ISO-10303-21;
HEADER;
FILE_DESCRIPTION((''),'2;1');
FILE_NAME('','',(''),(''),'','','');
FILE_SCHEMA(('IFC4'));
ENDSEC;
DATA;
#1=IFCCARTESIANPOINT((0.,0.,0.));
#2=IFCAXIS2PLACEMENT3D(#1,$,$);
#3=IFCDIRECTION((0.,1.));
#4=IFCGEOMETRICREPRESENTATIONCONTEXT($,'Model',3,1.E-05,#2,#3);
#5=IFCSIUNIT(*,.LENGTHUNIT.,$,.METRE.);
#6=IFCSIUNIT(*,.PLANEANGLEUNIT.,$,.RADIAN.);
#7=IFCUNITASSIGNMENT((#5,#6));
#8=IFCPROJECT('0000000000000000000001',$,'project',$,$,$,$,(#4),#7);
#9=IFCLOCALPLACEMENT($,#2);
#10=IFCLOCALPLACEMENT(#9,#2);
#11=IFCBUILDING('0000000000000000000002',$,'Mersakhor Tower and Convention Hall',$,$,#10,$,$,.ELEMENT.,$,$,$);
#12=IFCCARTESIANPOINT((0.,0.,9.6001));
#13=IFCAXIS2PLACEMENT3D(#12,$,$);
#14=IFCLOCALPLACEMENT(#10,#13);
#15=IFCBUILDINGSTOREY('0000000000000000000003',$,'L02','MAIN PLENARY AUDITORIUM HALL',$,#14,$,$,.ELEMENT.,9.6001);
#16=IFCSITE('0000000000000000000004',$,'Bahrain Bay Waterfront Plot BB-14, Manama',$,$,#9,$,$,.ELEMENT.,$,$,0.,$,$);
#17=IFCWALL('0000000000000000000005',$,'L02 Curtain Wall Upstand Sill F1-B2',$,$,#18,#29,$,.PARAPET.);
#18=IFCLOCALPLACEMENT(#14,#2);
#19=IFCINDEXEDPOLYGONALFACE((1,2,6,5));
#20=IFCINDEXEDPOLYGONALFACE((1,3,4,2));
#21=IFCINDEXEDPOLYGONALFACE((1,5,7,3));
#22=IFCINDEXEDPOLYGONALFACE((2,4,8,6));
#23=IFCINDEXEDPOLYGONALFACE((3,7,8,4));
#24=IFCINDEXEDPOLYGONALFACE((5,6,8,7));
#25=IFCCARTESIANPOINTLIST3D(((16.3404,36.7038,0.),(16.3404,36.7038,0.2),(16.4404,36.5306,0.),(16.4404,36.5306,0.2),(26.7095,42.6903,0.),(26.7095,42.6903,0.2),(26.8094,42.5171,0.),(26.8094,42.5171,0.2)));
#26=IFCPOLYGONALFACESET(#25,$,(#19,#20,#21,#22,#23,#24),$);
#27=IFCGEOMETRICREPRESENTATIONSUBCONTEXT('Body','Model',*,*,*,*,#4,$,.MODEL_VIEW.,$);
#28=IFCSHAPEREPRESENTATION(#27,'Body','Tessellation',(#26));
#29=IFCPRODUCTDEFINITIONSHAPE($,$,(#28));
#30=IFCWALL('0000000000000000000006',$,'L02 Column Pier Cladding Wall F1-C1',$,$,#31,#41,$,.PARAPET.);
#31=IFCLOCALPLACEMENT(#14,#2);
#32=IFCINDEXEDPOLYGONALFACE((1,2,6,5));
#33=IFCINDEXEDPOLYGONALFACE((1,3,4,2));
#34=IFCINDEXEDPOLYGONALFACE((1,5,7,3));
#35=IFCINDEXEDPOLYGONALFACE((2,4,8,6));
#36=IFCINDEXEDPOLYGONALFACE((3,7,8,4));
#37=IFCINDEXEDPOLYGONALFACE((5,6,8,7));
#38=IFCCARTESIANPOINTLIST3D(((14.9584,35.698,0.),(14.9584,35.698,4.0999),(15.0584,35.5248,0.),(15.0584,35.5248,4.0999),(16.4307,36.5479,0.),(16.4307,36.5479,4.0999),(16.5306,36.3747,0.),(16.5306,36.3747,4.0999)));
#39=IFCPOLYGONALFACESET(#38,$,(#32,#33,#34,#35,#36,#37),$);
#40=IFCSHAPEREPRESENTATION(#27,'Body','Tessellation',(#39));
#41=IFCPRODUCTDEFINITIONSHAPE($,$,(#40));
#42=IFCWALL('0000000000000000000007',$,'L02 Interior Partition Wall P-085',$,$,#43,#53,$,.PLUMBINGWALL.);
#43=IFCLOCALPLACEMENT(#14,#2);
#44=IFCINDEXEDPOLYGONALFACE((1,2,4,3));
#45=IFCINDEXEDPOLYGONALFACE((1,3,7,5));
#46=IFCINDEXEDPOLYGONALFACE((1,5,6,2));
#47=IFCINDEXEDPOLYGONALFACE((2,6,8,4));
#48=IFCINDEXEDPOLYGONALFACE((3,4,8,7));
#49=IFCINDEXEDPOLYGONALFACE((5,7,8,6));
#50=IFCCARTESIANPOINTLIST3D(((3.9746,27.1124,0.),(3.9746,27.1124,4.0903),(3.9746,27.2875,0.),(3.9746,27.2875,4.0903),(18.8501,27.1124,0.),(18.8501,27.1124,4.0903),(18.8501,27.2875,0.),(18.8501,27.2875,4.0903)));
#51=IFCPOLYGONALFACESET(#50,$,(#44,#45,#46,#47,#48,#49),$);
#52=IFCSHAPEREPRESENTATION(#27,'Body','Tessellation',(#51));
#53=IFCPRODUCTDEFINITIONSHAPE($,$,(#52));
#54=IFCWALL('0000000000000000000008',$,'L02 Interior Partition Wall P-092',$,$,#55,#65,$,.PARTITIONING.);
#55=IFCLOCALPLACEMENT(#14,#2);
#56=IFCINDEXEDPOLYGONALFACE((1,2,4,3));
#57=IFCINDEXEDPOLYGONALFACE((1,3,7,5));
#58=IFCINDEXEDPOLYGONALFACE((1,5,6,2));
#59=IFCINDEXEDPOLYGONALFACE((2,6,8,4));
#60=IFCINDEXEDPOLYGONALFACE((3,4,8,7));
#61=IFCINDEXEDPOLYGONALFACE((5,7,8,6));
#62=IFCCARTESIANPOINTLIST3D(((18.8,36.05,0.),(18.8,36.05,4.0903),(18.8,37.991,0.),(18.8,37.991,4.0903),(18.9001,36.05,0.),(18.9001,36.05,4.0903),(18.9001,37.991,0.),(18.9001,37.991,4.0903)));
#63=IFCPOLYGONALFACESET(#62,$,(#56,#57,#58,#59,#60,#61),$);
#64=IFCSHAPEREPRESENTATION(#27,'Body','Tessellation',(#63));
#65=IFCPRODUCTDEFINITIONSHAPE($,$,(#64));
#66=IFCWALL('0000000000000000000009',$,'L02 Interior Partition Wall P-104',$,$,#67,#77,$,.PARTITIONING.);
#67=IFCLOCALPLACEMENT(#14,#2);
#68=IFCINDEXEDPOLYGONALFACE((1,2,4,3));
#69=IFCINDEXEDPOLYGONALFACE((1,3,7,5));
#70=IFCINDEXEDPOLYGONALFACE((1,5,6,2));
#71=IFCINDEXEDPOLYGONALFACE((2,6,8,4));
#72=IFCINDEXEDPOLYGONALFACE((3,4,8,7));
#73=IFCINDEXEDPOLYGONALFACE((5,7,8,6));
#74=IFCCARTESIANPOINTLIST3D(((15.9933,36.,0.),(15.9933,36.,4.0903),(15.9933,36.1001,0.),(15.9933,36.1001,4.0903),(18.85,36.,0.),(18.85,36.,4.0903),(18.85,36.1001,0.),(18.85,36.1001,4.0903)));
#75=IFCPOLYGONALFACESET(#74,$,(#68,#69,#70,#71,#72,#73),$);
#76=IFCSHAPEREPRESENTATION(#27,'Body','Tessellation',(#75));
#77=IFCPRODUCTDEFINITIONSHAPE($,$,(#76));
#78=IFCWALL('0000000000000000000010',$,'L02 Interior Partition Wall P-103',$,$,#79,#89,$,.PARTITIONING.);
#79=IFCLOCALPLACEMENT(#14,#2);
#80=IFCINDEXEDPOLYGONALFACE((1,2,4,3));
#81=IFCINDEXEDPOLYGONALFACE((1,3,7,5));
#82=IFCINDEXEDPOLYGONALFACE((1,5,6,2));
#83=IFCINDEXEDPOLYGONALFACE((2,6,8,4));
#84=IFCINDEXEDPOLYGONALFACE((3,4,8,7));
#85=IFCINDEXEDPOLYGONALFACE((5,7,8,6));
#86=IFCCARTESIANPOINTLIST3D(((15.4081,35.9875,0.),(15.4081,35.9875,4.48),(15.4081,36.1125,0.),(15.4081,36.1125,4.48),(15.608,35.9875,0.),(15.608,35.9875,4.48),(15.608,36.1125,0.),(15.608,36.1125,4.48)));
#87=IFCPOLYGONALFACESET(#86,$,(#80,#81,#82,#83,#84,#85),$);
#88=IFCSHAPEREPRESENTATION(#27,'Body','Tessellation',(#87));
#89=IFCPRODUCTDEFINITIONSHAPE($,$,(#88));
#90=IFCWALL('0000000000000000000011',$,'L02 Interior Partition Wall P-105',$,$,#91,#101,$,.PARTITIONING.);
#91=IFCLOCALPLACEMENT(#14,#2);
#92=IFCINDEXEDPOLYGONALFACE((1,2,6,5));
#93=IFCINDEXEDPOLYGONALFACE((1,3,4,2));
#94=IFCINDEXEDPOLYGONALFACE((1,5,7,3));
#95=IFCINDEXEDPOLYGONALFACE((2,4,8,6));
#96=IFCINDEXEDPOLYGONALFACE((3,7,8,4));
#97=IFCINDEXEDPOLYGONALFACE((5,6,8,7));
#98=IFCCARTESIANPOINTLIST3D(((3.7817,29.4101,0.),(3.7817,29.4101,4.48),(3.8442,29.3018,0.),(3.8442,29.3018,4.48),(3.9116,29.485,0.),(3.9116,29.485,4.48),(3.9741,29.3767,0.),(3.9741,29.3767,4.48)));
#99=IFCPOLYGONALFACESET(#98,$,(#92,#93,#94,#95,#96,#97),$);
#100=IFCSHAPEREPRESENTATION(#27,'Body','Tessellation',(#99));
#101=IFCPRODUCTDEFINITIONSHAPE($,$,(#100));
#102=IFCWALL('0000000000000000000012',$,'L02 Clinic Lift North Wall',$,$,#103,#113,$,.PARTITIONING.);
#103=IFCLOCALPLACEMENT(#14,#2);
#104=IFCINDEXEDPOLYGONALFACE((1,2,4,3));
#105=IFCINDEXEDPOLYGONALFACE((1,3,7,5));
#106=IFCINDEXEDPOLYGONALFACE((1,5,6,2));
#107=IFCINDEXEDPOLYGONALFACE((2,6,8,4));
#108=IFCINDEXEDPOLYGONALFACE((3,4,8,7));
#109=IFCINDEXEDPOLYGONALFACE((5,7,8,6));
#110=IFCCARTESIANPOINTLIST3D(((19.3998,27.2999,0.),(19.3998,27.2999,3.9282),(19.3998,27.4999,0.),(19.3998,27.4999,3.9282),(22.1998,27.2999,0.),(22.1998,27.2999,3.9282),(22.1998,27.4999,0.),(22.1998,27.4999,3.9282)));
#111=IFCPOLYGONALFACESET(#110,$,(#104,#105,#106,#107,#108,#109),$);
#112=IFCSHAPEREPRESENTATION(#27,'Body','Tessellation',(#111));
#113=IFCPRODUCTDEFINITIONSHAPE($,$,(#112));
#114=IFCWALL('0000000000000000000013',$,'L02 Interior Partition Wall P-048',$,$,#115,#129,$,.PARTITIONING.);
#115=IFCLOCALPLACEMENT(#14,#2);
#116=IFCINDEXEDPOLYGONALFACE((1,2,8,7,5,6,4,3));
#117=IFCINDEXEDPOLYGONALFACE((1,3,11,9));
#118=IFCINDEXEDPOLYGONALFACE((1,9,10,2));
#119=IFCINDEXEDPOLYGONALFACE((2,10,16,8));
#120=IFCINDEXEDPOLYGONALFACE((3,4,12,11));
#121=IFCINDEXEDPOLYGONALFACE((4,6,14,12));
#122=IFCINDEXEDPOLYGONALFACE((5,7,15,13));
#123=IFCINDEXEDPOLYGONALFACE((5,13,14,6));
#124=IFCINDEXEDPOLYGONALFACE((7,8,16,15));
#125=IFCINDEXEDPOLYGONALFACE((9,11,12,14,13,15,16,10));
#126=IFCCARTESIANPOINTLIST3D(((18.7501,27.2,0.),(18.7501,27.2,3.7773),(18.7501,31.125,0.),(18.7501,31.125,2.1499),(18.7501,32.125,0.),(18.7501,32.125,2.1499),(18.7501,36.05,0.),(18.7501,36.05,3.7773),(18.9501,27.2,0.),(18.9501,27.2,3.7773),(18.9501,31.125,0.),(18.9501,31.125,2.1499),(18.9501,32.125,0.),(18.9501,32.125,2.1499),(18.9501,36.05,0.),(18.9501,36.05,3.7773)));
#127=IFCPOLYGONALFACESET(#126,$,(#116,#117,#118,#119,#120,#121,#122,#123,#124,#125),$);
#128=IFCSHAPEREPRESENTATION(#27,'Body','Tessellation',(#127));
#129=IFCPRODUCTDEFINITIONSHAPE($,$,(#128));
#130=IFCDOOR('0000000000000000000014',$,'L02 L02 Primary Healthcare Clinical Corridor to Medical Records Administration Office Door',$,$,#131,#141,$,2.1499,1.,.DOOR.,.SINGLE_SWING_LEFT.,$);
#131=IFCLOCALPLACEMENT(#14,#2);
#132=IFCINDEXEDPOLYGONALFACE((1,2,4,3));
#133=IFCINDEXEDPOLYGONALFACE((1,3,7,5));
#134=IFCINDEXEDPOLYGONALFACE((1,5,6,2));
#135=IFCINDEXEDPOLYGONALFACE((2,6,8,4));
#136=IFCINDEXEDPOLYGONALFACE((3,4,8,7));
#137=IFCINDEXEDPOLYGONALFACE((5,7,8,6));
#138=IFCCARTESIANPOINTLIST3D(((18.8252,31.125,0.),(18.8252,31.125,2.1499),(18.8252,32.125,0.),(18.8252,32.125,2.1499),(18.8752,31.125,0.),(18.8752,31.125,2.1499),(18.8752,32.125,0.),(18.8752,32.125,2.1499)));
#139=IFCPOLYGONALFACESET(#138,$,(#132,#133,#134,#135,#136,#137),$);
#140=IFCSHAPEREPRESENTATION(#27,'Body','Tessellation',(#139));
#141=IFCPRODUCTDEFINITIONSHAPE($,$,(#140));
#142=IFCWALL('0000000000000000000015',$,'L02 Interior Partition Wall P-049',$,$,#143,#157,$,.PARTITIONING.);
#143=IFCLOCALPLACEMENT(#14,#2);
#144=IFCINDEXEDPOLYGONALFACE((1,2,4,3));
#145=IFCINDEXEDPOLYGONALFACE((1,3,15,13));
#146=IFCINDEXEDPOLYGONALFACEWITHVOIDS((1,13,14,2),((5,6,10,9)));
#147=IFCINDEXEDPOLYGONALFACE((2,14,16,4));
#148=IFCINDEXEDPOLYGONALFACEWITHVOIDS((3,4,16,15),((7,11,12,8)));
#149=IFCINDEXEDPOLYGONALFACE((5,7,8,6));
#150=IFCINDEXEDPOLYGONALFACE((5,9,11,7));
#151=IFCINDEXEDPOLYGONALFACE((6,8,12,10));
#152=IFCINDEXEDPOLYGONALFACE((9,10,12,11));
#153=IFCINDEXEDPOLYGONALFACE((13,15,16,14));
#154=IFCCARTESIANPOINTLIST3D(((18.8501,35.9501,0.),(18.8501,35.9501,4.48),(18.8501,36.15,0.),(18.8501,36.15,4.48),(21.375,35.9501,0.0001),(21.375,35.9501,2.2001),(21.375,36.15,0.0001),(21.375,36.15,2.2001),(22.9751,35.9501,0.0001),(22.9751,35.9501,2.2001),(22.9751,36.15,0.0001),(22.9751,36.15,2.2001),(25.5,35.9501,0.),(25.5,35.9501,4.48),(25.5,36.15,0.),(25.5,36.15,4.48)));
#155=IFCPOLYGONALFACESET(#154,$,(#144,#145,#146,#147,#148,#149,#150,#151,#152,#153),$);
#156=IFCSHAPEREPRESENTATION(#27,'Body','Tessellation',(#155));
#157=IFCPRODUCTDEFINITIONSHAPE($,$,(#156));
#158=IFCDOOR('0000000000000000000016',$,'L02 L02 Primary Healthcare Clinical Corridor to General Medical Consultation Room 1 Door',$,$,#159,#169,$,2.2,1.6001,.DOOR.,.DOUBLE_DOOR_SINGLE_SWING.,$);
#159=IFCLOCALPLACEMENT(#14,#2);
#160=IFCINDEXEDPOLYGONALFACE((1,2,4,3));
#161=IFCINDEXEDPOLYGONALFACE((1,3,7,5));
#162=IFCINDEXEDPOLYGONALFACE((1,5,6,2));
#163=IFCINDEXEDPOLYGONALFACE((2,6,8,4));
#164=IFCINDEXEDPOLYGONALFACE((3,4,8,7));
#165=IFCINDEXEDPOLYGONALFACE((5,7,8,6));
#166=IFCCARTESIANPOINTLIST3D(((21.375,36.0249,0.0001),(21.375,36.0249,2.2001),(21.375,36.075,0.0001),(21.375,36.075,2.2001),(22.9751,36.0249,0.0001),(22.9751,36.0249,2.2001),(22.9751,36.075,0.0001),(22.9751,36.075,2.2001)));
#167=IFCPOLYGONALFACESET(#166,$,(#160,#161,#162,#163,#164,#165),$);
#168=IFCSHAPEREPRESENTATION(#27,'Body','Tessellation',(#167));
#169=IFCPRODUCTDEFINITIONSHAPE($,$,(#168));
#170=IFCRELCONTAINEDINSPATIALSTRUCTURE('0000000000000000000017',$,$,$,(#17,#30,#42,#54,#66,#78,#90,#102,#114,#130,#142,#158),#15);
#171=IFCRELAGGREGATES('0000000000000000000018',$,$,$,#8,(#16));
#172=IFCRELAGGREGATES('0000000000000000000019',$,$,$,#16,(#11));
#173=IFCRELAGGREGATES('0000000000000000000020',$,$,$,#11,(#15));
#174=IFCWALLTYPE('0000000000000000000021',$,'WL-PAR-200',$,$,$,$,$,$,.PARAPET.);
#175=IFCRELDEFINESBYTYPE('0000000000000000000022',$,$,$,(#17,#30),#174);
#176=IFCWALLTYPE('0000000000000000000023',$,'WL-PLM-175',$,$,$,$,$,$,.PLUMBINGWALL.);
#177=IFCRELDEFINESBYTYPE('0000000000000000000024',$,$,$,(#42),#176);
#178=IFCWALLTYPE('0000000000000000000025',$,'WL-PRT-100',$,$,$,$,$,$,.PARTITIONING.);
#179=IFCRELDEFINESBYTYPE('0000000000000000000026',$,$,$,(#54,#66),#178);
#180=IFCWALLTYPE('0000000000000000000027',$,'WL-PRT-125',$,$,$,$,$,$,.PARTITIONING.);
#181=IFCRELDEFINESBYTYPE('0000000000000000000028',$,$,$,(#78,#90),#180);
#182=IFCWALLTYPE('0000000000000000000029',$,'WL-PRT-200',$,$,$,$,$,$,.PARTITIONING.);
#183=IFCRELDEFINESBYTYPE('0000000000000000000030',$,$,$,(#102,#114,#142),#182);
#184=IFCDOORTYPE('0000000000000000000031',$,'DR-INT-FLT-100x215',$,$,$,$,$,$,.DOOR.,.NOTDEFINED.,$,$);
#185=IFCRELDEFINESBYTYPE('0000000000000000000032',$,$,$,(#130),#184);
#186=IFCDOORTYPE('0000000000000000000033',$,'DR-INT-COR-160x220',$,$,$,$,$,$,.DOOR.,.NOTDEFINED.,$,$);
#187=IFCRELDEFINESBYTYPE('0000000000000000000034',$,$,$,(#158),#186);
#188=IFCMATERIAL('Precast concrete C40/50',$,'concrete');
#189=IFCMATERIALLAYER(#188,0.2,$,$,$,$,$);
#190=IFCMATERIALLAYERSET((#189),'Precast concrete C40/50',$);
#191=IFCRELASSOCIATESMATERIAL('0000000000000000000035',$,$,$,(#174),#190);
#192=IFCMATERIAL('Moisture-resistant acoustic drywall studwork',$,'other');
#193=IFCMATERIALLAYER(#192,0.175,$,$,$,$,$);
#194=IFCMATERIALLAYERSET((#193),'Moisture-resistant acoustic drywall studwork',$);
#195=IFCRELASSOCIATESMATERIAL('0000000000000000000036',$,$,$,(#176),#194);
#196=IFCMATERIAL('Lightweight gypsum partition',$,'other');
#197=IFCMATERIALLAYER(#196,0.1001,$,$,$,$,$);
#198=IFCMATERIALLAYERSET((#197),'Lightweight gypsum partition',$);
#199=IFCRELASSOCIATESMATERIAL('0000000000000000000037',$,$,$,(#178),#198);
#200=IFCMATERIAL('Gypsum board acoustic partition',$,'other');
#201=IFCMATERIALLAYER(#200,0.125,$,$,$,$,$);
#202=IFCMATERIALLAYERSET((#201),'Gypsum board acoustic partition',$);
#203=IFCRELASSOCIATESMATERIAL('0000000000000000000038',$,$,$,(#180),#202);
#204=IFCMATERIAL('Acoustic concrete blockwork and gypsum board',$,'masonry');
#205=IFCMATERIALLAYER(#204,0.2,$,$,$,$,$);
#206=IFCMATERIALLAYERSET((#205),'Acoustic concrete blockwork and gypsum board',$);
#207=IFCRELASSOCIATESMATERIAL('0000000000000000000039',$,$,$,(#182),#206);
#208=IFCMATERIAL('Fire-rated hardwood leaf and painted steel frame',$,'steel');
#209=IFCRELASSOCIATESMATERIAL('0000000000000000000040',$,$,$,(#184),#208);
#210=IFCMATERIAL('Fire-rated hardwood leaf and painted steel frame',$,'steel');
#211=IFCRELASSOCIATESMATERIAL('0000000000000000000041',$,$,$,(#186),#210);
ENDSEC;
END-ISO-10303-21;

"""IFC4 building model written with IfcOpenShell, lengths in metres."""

from ifc_helpers import new_model, si_unit, direction, frame, frame_2d, origin, place, context, subcontext, project, spatial, rectangle, extrude, material, layer, layer_set, type_object, element, fill, save


model = new_model("IFC4")

# Units and contexts
model_context = context("Model", 3, precision=1e-05, world=origin(), true_north=direction((0.0, 1.0)))
body_context = subcontext(model_context, "Body", "Model", "MODEL_VIEW")
ifc_project = project(units=[si_unit("LENGTHUNIT", "METRE"), si_unit("PLANEANGLEUNIT", "RADIAN")], contexts=[model_context])

# Site, building, storey
site_placement = place(None, origin())
site = spatial("IfcSite", under=ifc_project, at=site_placement, Name="Bahrain Bay Waterfront Plot BB-14, Manama", CompositionType="ELEMENT", RefElevation=0.0)
building_placement = place(site_placement, origin())
building = spatial("IfcBuilding", under=site, at=building_placement, Name="Mersakhor Tower and Convention Hall", CompositionType="ELEMENT")
storey_placement = place(building_placement, frame((0.0, 0.0, 9.6001)))
storey = spatial("IfcBuildingStorey", under=building, at=storey_placement, Name="L02", Description="MAIN PLENARY AUDITORIUM HALL", CompositionType="ELEMENT", Elevation=9.6001)

# Walls
ifc_material_1 = material(Name="Precast concrete C40/50", Category="concrete")
ifc_layer_1 = layer(ifc_material_1, 0.2)
ifc_layer_set_1 = layer_set([ifc_layer_1], Name="Precast concrete C40/50")
wall_type_1 = type_object("IfcWallType", Name="WL-PAR-200", PredefinedType="PARAPET", material=ifc_layer_set_1)
wall_1_placement = place(storey_placement, frame((16.3904, 36.6172, 0.0), z_axis=(0.0, 0.0, 1.0), x_axis=(0.866027, 0.499997, 0.0)))
element("IfcWall", 1, at=wall_1_placement, inside=storey, type_object=wall_type_1, Name="L02 Curtain Wall Upstand Sill F1-B2", PredefinedType="PARAPET", context=body_context, shape_type="SweptSolid", body=[
    extrude(rectangle(XDim=11.9731, YDim=0.2, at=frame_2d((5.9866, 0.0))), origin(), (0.0, 0.0, 1.0), 0.2),
])
wall_2_placement = place(storey_placement, frame((15.0083, 35.6113, 0.0), z_axis=(0.0, 0.0, 1.0), x_axis=(0.866052, 0.499955, 0.0)))
element("IfcWall", 2, at=wall_2_placement, inside=storey, type_object=wall_type_1, Name="L02 Column Pier Cladding Wall F1-C1", PredefinedType="PARAPET", context=body_context, shape_type="SweptSolid", body=[
    extrude(rectangle(XDim=1.7, YDim=0.2, at=frame_2d((0.8501, 0.0))), origin(), (0.0, 0.0, 1.0), 4.0999),
])
ifc_material_2 = material(Name="Moisture-resistant acoustic drywall studwork", Category="other")
ifc_layer_2 = layer(ifc_material_2, 0.175)
ifc_layer_set_2 = layer_set([ifc_layer_2], Name="Moisture-resistant acoustic drywall studwork")
wall_type_2 = type_object("IfcWallType", Name="WL-PLM-175", PredefinedType="PLUMBINGWALL", material=ifc_layer_set_2)
wall_3_placement = place(storey_placement, frame((3.9746, 27.2, 0.0), z_axis=(0.0, 0.0, 1.0), x_axis=(1.0, 0.0, 0.0)))
element("IfcWall", 3, at=wall_3_placement, inside=storey, type_object=wall_type_2, Name="L02 Interior Partition Wall P-085", PredefinedType="PLUMBINGWALL", context=body_context, shape_type="SweptSolid", body=[
    extrude(rectangle(XDim=14.8755, YDim=0.175, at=frame_2d((7.4377, 0.0))), origin(), (0.0, 0.0, 1.0), 4.0903),
])
ifc_material_3 = material(Name="Lightweight gypsum partition", Category="other")
ifc_layer_3 = layer(ifc_material_3, 0.1001)
ifc_layer_set_3 = layer_set([ifc_layer_3], Name="Lightweight gypsum partition")
wall_type_3 = type_object("IfcWallType", Name="WL-PRT-100", PredefinedType="PARTITIONING", material=ifc_layer_set_3)
wall_4_placement = place(storey_placement, frame((18.8501, 36.05, 0.0), z_axis=(0.0, 0.0, 1.0), x_axis=(0.0, 1.0, 0.0)))
element("IfcWall", 4, at=wall_4_placement, inside=storey, type_object=wall_type_3, Name="L02 Interior Partition Wall P-092", PredefinedType="PARTITIONING", context=body_context, shape_type="SweptSolid", body=[
    extrude(rectangle(XDim=1.9409, YDim=0.1001, at=frame_2d((0.9705, 0.0))), origin(), (0.0, 0.0, 1.0), 4.0903),
])
wall_5_placement = place(storey_placement, frame((15.9934, 36.05, 0.0), z_axis=(0.0, 0.0, 1.0), x_axis=(1.0, 0.0, 0.0)))
element("IfcWall", 5, at=wall_5_placement, inside=storey, type_object=wall_type_3, Name="L02 Interior Partition Wall P-104", PredefinedType="PARTITIONING", context=body_context, shape_type="SweptSolid", body=[
    extrude(rectangle(XDim=2.8567, YDim=0.1001, at=frame_2d((1.4282, 0.0))), origin(), (0.0, 0.0, 1.0), 4.0903),
])
ifc_material_4 = material(Name="Gypsum board acoustic partition", Category="other")
ifc_layer_4 = layer(ifc_material_4, 0.125)
ifc_layer_set_4 = layer_set([ifc_layer_4], Name="Gypsum board acoustic partition")
wall_type_4 = type_object("IfcWallType", Name="WL-PRT-125", PredefinedType="PARTITIONING", material=ifc_layer_set_4)
wall_6_placement = place(storey_placement, frame((15.408, 36.05, 0.0), z_axis=(0.0, 0.0, 1.0), x_axis=(1.0, 0.0, 0.0)))
element("IfcWall", 6, at=wall_6_placement, inside=storey, type_object=wall_type_4, Name="L02 Interior Partition Wall P-103", PredefinedType="PARTITIONING", context=body_context, shape_type="SweptSolid", body=[
    extrude(rectangle(XDim=0.2, YDim=0.125, at=frame_2d((0.1001, 0.0))), origin(), (0.0, 0.0, 1.0), 4.48),
])
wall_7_placement = place(storey_placement, frame((3.813, 29.356, 0.0), z_axis=(0.0, 0.0, 1.0), x_axis=(0.866131, 0.499816, 0.0)))
element("IfcWall", 7, at=wall_7_placement, inside=storey, type_object=wall_type_4, Name="L02 Interior Partition Wall P-105", PredefinedType="PARTITIONING", context=body_context, shape_type="SweptSolid", body=[
    extrude(rectangle(XDim=0.1499, YDim=0.125, at=frame_2d((0.075, 0.0))), origin(), (0.0, 0.0, 1.0), 4.48),
])
ifc_material_5 = material(Name="Acoustic concrete blockwork and gypsum board", Category="masonry")
ifc_layer_5 = layer(ifc_material_5, 0.2)
ifc_layer_set_5 = layer_set([ifc_layer_5], Name="Acoustic concrete blockwork and gypsum board")
wall_type_5 = type_object("IfcWallType", Name="WL-PRT-200", PredefinedType="PARTITIONING", material=ifc_layer_set_5)
wall_8_placement = place(storey_placement, frame((19.3999, 27.3999, 0.0), z_axis=(0.0, 0.0, 1.0), x_axis=(1.0, 0.0, 0.0)))
element("IfcWall", 8, at=wall_8_placement, inside=storey, type_object=wall_type_5, Name="L02 Clinic Lift North Wall", PredefinedType="PARTITIONING", context=body_context, shape_type="SweptSolid", body=[
    extrude(rectangle(XDim=2.8, YDim=0.2, at=frame_2d((1.3999, 0.0))), origin(), (0.0, 0.0, 1.0), 3.9282),
])

# Walls, openings, doors
wall_9_placement = place(storey_placement, frame((18.8501, 27.2, 0.0), z_axis=(0.0, 0.0, 1.0), x_axis=(0.0, 1.0, 0.0)))
wall_9 = element("IfcWall", 9, at=wall_9_placement, inside=storey, type_object=wall_type_5, Name="L02 Interior Partition Wall P-048", PredefinedType="PARTITIONING", context=body_context, shape_type="SweptSolid", body=[
    extrude(rectangle(XDim=8.8501, YDim=0.2, at=frame_2d((4.425, 0.0))), origin(), (0.0, 0.0, 1.0), 3.7773),
])
opening_1_placement = place(wall_9_placement, frame((3.925, 0.0, 0.0)))
opening_1 = element("IfcOpeningElement", 10, at=opening_1_placement, cuts=wall_9, PredefinedType="OPENING", context=body_context, shape_type="SweptSolid", body=[
    extrude(rectangle(XDim=1.0, YDim=2.1499, at=frame_2d((0.5, 1.075))), frame((0.0, 0.1099, 0.0), z_axis=(0.0, -1.0, 0.0), x_axis=(1.0, 0.0, 0.0)), (0.0, 0.0, 1.0), 0.22),
])
ifc_material_6 = material(Name="Fire-rated hardwood leaf and painted steel frame", Category="steel")
door_type_1 = type_object("IfcDoorType", Name="DR-INT-FLT-100x215", OperationType="NOTDEFINED", PredefinedType="DOOR", material=ifc_material_6)
door_1_placement = place(opening_1_placement, origin())
door_1 = element("IfcDoor", 11, at=door_1_placement, inside=storey, type_object=door_type_1, Name="L02 L02 Primary Healthcare Clinical Corridor to Medical Records Administration Office Door", OperationType="SINGLE_SWING_LEFT", OverallHeight=2.1499, OverallWidth=1.0, PredefinedType="DOOR", context=body_context, shape_type="SweptSolid", body=[
    extrude(rectangle(XDim=1.0, YDim=2.1499, at=frame_2d((0.5, 1.075))), frame((0.0, 0.0249, 0.0), z_axis=(0.0, -1.0, 0.0), x_axis=(1.0, 0.0, 0.0)), (0.0, 0.0, 1.0), 0.05),
])
fill(opening_1, door_1)
wall_10_placement = place(storey_placement, frame((18.8501, 36.05, 0.0), z_axis=(0.0, 0.0, 1.0), x_axis=(1.0, 0.0, 0.0)))
wall_10 = element("IfcWall", 12, at=wall_10_placement, inside=storey, type_object=wall_type_5, Name="L02 Interior Partition Wall P-049", PredefinedType="PARTITIONING", context=body_context, shape_type="SweptSolid", body=[
    extrude(rectangle(XDim=6.6499, YDim=0.2, at=frame_2d((3.325, 0.0))), origin(), (0.0, 0.0, 1.0), 4.48),
])
opening_2_placement = place(wall_10_placement, frame((2.5249, 0.0, 0.0)))
opening_2 = element("IfcOpeningElement", 13, at=opening_2_placement, cuts=wall_10, PredefinedType="OPENING", context=body_context, shape_type="SweptSolid", body=[
    extrude(rectangle(XDim=1.6001, YDim=2.2, at=frame_2d((0.8, 1.1001))), frame((0.0, 0.1099, 0.0), z_axis=(0.0, -1.0, 0.0), x_axis=(1.0, 0.0, 0.0)), (0.0, 0.0, 1.0), 0.22),
])
ifc_material_7 = material(Name="Fire-rated hardwood leaf and painted steel frame", Category="steel")
door_type_2 = type_object("IfcDoorType", Name="DR-INT-COR-160x220", OperationType="NOTDEFINED", PredefinedType="DOOR", material=ifc_material_7)
door_2_placement = place(opening_2_placement, origin())
door_2 = element("IfcDoor", 14, at=door_2_placement, inside=storey, type_object=door_type_2, Name="L02 L02 Primary Healthcare Clinical Corridor to General Medical Consultation Room 1 Door", OperationType="DOUBLE_DOOR_SINGLE_SWING", OverallHeight=2.2, OverallWidth=1.6001, PredefinedType="DOOR", context=body_context, shape_type="SweptSolid", body=[
    extrude(rectangle(XDim=1.6001, YDim=2.2, at=frame_2d((0.8, 1.1001))), frame((0.0, 0.0249, 0.0), z_axis=(0.0, -1.0, 0.0), x_axis=(1.0, 0.0, 0.0)), (0.0, 0.0, 1.0), 0.05),
])
fill(opening_2, door_2)

save(model, "model.ifc")
